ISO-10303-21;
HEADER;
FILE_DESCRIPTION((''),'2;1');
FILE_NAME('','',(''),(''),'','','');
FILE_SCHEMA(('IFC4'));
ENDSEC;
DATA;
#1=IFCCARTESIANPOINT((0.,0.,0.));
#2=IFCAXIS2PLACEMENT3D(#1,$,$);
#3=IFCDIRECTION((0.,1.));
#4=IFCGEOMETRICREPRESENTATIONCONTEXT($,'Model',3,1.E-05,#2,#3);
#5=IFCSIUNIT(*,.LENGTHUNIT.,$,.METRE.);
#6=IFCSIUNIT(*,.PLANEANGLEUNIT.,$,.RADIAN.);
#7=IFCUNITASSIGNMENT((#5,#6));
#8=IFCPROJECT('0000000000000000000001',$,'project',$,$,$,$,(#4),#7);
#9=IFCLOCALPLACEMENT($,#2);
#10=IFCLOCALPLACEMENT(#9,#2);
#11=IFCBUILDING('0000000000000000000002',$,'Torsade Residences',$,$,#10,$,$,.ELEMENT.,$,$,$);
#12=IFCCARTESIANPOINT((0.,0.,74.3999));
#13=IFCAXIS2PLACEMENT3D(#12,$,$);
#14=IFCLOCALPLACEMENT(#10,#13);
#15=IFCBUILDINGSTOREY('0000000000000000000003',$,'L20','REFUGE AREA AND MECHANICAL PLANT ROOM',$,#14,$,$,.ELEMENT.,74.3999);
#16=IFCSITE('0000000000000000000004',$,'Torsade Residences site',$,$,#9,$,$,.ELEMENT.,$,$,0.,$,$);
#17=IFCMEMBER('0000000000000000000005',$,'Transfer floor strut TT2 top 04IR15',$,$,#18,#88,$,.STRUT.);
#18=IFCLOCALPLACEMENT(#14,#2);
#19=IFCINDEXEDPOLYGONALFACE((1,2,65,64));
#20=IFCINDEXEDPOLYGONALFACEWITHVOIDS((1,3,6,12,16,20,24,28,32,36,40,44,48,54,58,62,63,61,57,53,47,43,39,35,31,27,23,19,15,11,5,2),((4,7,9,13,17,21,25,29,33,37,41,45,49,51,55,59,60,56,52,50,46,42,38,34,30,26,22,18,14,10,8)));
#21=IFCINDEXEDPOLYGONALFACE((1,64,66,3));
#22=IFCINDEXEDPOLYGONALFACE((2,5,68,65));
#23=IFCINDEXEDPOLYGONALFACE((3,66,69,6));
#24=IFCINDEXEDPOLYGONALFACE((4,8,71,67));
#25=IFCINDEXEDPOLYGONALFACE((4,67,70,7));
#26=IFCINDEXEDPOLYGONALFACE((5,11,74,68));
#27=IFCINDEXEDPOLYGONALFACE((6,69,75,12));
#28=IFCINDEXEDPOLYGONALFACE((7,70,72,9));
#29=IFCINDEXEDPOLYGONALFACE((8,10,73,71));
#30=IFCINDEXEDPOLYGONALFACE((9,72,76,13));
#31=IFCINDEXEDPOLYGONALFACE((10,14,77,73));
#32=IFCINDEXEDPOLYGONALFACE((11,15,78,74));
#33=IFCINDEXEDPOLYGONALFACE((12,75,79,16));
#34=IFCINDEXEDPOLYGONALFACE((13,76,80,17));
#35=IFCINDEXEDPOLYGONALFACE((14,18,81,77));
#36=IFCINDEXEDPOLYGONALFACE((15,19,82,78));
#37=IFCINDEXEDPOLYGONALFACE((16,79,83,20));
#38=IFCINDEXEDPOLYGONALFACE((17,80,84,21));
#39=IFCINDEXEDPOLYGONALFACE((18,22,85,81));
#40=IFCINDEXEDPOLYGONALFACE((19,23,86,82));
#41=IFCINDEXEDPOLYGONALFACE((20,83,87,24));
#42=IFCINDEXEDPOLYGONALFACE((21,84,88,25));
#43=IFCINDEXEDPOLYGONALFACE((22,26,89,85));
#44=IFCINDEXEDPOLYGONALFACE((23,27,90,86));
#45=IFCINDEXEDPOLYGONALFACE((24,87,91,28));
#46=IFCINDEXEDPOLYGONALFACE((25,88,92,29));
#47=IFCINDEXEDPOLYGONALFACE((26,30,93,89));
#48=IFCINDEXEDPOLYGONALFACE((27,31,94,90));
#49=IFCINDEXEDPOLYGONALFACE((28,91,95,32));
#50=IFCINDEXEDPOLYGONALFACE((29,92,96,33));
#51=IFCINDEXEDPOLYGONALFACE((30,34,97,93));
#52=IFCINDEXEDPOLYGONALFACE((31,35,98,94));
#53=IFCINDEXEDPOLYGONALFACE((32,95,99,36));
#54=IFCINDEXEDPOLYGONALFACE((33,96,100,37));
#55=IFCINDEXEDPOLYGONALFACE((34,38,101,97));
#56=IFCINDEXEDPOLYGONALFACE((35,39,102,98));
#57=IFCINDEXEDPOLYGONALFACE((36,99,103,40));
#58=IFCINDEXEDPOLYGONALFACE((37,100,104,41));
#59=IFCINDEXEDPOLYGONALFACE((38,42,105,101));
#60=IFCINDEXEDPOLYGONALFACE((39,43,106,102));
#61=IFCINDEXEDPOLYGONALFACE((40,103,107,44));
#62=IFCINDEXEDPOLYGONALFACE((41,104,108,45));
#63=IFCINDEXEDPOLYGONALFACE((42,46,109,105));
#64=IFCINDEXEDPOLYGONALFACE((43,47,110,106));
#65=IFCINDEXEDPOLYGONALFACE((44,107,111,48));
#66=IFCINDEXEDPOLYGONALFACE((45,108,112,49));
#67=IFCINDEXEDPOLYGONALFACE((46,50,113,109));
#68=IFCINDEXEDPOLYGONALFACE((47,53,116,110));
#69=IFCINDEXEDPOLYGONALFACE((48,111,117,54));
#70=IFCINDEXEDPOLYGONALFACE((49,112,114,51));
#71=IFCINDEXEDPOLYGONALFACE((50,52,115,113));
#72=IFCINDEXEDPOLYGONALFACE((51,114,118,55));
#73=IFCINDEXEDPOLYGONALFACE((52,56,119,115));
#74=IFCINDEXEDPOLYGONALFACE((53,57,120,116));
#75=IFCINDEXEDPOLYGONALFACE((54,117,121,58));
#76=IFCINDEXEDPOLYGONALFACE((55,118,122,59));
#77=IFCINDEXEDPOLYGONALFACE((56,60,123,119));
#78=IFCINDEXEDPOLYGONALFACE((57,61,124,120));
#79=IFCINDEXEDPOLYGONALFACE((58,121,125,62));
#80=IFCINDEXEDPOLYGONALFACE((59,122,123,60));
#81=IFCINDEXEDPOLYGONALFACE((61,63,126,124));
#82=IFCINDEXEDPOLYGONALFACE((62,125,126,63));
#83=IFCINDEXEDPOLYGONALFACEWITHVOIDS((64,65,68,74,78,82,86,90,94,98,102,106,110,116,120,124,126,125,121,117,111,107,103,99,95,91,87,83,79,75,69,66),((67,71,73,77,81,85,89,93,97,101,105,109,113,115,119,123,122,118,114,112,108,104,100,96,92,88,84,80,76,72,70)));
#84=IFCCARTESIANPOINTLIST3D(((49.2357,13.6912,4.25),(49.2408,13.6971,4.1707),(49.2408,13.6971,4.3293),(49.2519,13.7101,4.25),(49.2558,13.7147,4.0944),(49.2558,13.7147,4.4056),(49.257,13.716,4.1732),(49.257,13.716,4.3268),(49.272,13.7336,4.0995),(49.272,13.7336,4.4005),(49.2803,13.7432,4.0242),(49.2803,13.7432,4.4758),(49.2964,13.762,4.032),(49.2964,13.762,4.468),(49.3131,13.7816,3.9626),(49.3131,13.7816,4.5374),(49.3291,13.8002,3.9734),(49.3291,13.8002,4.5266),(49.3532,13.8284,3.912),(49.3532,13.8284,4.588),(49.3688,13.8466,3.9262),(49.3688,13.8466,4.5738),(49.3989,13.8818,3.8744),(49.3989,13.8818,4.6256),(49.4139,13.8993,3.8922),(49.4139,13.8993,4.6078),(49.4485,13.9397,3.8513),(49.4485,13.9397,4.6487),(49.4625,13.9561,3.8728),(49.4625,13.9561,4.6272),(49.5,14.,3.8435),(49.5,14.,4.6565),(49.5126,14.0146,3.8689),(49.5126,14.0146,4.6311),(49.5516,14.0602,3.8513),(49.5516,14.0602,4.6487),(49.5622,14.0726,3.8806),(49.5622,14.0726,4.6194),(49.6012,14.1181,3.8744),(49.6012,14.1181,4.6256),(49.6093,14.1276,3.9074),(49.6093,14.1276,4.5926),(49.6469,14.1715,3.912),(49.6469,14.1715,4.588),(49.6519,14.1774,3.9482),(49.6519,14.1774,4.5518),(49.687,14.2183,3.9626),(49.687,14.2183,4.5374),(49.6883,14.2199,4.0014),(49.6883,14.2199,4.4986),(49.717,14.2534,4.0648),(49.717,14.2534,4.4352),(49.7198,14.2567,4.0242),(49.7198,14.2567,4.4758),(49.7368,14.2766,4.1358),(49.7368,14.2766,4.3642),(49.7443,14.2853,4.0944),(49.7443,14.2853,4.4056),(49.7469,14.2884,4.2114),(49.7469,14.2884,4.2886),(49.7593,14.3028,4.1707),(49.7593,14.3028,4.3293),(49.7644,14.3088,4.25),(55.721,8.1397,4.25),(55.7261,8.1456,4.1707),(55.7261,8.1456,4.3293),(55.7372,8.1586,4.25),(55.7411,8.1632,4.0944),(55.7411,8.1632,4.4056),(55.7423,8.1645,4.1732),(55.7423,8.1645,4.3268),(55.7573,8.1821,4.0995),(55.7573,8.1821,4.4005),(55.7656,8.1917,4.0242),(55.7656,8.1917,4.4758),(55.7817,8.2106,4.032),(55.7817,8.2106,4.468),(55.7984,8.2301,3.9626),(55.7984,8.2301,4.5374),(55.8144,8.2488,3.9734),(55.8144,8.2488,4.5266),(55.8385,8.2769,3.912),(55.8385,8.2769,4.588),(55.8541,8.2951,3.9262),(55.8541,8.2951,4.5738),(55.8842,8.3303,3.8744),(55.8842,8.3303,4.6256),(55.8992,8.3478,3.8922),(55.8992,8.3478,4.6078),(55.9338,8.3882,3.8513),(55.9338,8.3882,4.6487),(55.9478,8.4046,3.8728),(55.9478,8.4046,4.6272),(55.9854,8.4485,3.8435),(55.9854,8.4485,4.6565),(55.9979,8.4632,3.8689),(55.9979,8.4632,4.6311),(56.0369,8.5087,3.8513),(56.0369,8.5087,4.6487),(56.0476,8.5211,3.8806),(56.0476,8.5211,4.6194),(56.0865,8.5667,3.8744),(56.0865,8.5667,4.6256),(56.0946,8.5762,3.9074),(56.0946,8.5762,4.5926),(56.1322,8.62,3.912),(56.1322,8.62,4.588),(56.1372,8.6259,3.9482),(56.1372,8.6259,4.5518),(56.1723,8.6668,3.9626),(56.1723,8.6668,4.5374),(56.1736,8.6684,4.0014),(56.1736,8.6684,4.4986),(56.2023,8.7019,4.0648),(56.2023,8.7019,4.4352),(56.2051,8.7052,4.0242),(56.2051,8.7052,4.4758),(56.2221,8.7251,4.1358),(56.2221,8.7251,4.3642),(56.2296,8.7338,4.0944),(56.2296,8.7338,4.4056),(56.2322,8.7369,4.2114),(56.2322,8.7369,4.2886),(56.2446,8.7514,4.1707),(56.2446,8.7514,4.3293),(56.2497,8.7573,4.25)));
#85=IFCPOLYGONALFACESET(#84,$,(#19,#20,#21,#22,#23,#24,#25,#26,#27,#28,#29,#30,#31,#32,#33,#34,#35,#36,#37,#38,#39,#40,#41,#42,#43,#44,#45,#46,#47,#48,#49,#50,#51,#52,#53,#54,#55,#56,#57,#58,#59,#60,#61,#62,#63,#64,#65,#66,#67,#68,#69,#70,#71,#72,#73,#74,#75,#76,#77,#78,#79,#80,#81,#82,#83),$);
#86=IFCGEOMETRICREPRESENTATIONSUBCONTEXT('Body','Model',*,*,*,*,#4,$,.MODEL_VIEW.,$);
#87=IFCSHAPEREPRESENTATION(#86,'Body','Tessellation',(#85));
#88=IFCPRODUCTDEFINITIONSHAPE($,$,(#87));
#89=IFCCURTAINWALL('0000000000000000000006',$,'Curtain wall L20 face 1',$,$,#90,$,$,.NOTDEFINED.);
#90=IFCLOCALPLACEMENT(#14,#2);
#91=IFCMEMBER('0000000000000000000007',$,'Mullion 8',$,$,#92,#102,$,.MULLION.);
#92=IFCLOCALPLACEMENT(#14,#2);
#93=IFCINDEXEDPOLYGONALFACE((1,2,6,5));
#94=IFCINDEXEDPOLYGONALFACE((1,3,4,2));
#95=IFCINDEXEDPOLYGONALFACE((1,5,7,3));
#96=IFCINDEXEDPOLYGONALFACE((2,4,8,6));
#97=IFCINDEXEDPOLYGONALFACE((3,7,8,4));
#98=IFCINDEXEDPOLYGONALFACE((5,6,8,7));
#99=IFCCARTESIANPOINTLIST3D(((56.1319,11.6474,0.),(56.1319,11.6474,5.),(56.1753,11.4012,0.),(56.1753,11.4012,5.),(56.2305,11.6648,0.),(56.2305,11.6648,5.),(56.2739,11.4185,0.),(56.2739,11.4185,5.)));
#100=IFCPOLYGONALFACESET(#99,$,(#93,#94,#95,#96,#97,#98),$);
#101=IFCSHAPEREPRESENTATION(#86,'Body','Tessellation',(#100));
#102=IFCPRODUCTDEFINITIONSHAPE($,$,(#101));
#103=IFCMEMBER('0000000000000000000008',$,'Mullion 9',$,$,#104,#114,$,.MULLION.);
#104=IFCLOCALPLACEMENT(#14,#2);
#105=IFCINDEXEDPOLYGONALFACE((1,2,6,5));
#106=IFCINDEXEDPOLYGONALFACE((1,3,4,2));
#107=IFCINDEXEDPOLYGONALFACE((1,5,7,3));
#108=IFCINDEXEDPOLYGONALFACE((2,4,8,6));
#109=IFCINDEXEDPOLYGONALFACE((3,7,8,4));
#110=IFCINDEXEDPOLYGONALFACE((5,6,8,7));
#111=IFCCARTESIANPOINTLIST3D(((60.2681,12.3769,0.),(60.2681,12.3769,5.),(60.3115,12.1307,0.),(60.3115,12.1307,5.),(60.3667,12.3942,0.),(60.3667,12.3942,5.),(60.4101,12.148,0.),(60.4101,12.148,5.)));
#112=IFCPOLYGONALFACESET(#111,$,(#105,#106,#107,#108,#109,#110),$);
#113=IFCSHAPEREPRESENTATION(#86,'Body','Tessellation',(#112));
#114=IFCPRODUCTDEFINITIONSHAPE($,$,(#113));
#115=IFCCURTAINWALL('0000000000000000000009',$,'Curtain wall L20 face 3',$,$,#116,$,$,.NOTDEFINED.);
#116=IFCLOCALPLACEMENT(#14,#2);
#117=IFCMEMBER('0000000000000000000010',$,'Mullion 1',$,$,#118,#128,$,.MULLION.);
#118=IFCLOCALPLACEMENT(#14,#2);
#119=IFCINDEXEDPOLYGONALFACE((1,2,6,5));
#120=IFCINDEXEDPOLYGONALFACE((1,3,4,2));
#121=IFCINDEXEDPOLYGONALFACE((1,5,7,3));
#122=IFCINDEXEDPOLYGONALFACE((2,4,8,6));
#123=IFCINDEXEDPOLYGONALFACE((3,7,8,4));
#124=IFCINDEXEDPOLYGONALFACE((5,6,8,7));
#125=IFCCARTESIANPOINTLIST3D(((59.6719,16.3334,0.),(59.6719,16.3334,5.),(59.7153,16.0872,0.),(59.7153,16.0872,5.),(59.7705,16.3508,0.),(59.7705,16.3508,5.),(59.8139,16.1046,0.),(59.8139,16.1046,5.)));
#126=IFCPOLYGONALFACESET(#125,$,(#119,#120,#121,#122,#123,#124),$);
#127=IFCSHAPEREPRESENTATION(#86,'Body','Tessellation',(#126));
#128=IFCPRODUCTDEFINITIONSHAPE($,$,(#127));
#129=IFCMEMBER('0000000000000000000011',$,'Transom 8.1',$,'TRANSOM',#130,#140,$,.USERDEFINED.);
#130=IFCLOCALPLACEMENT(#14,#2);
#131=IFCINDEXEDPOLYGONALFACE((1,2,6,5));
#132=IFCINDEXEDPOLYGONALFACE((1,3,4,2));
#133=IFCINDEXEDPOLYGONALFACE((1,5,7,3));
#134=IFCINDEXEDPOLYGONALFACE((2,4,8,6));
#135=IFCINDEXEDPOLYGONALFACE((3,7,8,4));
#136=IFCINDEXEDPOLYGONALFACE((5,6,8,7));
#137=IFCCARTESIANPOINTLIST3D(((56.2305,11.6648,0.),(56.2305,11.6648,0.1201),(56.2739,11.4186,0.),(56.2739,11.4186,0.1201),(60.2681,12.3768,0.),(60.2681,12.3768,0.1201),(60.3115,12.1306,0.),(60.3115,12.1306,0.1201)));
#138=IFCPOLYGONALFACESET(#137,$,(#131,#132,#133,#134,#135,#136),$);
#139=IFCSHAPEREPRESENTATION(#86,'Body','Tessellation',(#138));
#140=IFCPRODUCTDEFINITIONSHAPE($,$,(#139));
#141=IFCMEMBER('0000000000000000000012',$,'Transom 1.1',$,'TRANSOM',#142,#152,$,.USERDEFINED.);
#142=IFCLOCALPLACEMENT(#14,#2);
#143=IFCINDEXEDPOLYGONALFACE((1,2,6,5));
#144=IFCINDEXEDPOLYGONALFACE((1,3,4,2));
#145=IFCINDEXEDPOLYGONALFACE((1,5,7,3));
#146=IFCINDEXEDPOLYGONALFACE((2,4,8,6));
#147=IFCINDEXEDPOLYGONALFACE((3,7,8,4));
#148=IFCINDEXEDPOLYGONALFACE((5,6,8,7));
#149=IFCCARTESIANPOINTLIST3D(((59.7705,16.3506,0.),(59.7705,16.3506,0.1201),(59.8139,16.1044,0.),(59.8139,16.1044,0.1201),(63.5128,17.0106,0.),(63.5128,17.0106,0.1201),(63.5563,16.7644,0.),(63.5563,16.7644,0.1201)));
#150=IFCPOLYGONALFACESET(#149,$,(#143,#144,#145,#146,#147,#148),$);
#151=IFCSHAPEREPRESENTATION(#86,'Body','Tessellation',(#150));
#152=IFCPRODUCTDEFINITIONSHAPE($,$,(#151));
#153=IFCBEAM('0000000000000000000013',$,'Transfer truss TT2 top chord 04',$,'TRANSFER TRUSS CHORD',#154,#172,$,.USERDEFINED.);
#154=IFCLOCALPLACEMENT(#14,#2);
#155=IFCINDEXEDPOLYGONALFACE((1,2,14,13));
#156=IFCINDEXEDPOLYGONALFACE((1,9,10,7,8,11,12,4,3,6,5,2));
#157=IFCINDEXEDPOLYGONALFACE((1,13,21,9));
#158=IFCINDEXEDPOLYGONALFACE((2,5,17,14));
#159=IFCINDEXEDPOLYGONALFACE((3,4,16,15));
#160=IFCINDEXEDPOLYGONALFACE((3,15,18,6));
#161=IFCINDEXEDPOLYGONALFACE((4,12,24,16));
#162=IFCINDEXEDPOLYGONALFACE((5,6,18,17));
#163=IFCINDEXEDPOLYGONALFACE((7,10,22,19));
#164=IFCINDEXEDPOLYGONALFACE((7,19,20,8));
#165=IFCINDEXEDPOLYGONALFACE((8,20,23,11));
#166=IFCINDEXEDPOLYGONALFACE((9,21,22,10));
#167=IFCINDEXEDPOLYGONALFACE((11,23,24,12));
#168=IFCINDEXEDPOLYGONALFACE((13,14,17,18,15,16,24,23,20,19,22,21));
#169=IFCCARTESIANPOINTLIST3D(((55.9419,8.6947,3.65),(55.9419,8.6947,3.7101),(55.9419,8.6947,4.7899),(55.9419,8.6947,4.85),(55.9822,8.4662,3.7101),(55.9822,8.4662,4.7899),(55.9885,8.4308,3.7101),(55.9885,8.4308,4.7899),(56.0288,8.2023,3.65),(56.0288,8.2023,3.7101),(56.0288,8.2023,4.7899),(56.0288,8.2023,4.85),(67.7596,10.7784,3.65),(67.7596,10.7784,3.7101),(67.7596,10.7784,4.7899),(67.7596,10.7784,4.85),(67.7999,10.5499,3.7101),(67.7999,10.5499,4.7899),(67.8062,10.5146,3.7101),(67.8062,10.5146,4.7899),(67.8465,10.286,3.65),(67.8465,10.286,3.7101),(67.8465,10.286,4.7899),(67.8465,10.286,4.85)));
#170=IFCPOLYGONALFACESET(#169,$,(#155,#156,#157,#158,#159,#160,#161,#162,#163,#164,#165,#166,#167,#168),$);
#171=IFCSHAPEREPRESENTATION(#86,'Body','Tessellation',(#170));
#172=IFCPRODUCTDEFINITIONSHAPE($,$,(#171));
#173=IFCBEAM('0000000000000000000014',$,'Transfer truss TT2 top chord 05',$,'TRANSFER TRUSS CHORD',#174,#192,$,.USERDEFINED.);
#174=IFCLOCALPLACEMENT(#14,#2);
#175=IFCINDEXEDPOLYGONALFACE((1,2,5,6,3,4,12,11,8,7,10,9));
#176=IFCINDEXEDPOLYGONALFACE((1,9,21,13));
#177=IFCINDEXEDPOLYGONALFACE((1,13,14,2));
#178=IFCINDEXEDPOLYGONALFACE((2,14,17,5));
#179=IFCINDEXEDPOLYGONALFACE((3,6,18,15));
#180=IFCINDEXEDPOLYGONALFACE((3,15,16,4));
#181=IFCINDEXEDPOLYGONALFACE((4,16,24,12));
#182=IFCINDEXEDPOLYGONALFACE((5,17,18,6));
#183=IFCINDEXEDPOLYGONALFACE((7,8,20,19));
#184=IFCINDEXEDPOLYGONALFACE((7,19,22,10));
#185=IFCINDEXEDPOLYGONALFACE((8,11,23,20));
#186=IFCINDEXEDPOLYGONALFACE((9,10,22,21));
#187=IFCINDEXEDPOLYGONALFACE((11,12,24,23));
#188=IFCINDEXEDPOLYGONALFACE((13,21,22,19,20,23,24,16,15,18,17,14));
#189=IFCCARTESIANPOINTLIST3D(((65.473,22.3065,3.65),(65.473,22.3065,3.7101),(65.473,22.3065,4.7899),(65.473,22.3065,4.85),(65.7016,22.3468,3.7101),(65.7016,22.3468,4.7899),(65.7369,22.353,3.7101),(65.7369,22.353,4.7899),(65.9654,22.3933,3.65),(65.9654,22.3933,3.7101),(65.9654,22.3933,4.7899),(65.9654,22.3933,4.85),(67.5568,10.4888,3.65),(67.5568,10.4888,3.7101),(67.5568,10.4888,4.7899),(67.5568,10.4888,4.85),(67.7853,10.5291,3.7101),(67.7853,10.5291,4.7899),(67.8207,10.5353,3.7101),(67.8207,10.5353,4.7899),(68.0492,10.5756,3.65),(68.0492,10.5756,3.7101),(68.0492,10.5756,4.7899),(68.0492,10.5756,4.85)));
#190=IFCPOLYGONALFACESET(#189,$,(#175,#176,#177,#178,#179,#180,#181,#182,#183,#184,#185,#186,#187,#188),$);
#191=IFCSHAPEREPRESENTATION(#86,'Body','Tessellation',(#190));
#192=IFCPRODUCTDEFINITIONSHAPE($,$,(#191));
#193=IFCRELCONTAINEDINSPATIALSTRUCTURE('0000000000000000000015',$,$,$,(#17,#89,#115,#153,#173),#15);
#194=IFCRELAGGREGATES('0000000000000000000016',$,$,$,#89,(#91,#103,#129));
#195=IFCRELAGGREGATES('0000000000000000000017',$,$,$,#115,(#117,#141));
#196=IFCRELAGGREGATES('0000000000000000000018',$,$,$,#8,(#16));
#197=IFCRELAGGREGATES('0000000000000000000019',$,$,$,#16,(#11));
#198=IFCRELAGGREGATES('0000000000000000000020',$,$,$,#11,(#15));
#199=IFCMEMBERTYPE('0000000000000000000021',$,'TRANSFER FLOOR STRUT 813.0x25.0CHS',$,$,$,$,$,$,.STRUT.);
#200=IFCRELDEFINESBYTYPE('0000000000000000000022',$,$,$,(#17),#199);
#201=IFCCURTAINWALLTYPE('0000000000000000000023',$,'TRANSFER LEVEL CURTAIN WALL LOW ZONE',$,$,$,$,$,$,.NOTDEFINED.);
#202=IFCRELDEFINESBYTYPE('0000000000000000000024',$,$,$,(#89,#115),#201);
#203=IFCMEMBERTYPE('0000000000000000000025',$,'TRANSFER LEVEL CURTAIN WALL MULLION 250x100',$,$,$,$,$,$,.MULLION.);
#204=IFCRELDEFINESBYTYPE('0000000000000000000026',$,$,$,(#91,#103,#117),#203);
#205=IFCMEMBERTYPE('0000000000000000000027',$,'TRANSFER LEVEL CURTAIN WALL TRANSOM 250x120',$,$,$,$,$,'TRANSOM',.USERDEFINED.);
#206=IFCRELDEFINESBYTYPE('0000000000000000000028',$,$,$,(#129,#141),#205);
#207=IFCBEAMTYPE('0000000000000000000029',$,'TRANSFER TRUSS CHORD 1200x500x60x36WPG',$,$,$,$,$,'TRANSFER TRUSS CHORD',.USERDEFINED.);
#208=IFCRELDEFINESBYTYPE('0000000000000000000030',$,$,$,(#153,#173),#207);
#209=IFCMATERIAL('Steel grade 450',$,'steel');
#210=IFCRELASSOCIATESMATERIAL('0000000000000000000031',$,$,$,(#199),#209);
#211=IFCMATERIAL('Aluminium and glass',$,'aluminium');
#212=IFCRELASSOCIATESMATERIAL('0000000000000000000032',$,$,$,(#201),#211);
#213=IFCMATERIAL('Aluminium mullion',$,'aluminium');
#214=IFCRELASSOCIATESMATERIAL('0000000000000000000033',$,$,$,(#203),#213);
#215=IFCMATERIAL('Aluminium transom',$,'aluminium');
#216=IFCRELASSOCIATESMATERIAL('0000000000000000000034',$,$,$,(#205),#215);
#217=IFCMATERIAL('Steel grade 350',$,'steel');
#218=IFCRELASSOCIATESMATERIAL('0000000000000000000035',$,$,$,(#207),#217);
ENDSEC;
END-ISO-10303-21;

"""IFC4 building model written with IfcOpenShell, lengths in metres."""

from ifc_helpers import new_model, si_unit, direction, frame, origin, origin_2d, place, context, subcontext, project, spatial, rectangle, hollow_circle, i_section, extrude, material, material_profile, profile_set, type_object, element, aggregate, save


model = new_model("IFC4")

# Units and contexts
model_context = context("Model", 3, precision=1e-05, world=origin(), true_north=direction((0.0, 1.0)))
body_context = subcontext(model_context, "Body", "Model", "MODEL_VIEW")
ifc_project = project(units=[si_unit("LENGTHUNIT", "METRE"), si_unit("PLANEANGLEUNIT", "RADIAN")], contexts=[model_context])

# Site, building, storey
site_placement = place(None, origin())
site = spatial("IfcSite", under=ifc_project, at=site_placement, Name="Torsade Residences site", CompositionType="ELEMENT", RefElevation=0.0)
building_placement = place(site_placement, origin())
building = spatial("IfcBuilding", under=site, at=building_placement, Name="Torsade Residences", CompositionType="ELEMENT")
storey_placement = place(building_placement, frame((0.0, 0.0, 74.3999)))
storey = spatial("IfcBuildingStorey", under=building, at=storey_placement, Name="L20", Description="REFUGE AREA AND MECHANICAL PLANT ROOM", CompositionType="ELEMENT", Elevation=74.3999)

# Member
ifc_material_1 = material(Name="Steel grade 450", Category="steel")
ifc_material_profile_1 = material_profile(ifc_material_1, hollow_circle(Radius=0.4065, WallThickness=0.0249, at=origin_2d()), Name="813.0x25.0CHS")
ifc_profile_set_1 = profile_set([ifc_material_profile_1], Name="Steel grade 450")
member_type_1 = type_object("IfcMemberType", Name="TRANSFER FLOOR STRUT 813.0x25.0CHS", PredefinedType="STRUT", material=ifc_profile_set_1)
member_1_placement = place(storey_placement, frame((55.9854, 8.4485, 4.25), z_axis=(-0.759682, 0.650294, 0.0), x_axis=(-0.650294, -0.759682, 0.0)))
element("IfcMember", 1, at=member_1_placement, inside=storey, type_object=member_type_1, Name="Transfer floor strut TT2 top 04IR15", PredefinedType="STRUT", context=body_context, shape_type="SweptSolid", body=[
    extrude(hollow_circle(Radius=0.4065, WallThickness=0.0249, at=origin_2d()), origin(), (0.0, 0.0, 1.0), 8.5369),
])

# Curtain wall, members
ifc_material_2 = material(Name="Aluminium and glass", Category="aluminium")
curtain_wall_type = type_object("IfcCurtainWallType", Name="TRANSFER LEVEL CURTAIN WALL LOW ZONE", PredefinedType="NOTDEFINED", material=ifc_material_2)
curtain_wall_1_placement = place(storey_placement, origin())
curtain_wall_1 = element("IfcCurtainWall", 2, at=curtain_wall_1_placement, inside=storey, type_object=curtain_wall_type, Name="Curtain wall L20 face 1", PredefinedType="NOTDEFINED")
ifc_material_3 = material(Name="Aluminium mullion", Category="aluminium")
ifc_material_profile_2 = material_profile(ifc_material_3, rectangle(XDim=0.25, YDim=0.1001, at=origin_2d()), Name="TRANSFER LEVEL CURTAIN WALL MULLION 250x100")
ifc_profile_set_2 = profile_set([ifc_material_profile_2], Name="Aluminium mullion")
member_type_2 = type_object("IfcMemberType", Name="TRANSFER LEVEL CURTAIN WALL MULLION 250x100", PredefinedType="MULLION", material=ifc_profile_set_2)
member_2_placement = place(storey_placement, frame((56.2029, 11.533, 0.0), z_axis=(0.0, 0.0, 1.0), x_axis=(-0.173648, 0.984808, 0.0)))
member_2 = element("IfcMember", 3, at=member_2_placement, type_object=member_type_2, Name="Mullion 8", PredefinedType="MULLION", context=body_context, shape_type="SweptSolid", body=[
    extrude(rectangle(XDim=0.25, YDim=0.1001, at=origin_2d()), origin(), (0.0, 0.0, 1.0), 5.0),
])
member_3_placement = place(storey_placement, frame((60.3391, 12.2625, 0.0), z_axis=(0.0, 0.0, 1.0), x_axis=(-0.173648, 0.984808, 0.0)))
member_3 = element("IfcMember", 4, at=member_3_placement, type_object=member_type_2, Name="Mullion 9", PredefinedType="MULLION", context=body_context, shape_type="SweptSolid", body=[
    extrude(rectangle(XDim=0.25, YDim=0.1001, at=origin_2d()), origin(), (0.0, 0.0, 1.0), 5.0),
])

# Curtain wall, member
curtain_wall_2_placement = place(storey_placement, origin())
curtain_wall_2 = element("IfcCurtainWall", 5, at=curtain_wall_2_placement, inside=storey, type_object=curtain_wall_type, Name="Curtain wall L20 face 3", PredefinedType="NOTDEFINED")
member_4_placement = place(storey_placement, frame((59.7429, 16.219, 0.0), z_axis=(0.0, 0.0, 1.0), x_axis=(-0.173648, 0.984808, 0.0)))
member_4 = element("IfcMember", 6, at=member_4_placement, type_object=member_type_2, Name="Mullion 1", PredefinedType="MULLION", context=body_context, shape_type="SweptSolid", body=[
    extrude(rectangle(XDim=0.25, YDim=0.1001, at=origin_2d()), origin(), (0.0, 0.0, 1.0), 5.0),
])

# Members
ifc_material_4 = material(Name="Aluminium transom", Category="aluminium")
ifc_material_profile_3 = material_profile(ifc_material_4, rectangle(XDim=0.25, YDim=0.1201, at=origin_2d()), Name="TRANSFER LEVEL CURTAIN WALL TRANSOM 250x120")
ifc_profile_set_3 = profile_set([ifc_material_profile_3], Name="Aluminium transom")
member_type_3 = type_object("IfcMemberType", Name="TRANSFER LEVEL CURTAIN WALL TRANSOM 250x120", ElementType="TRANSOM", PredefinedType="USERDEFINED", material=ifc_profile_set_3)
member_5_placement = place(storey_placement, frame((56.2522, 11.5417, 0.0601), z_axis=(0.984809, 0.173643, 0.0), x_axis=(-0.173643, 0.984809, 0.0)))
member_5 = element("IfcMember", 7, at=member_5_placement, type_object=member_type_3, Name="Transom 8.1", ObjectType="TRANSOM", PredefinedType="USERDEFINED", context=body_context, shape_type="SweptSolid", body=[
    extrude(rectangle(XDim=0.25, YDim=0.1201, at=origin_2d()), origin(), (0.0, 0.0, 1.0), 4.0999),
])
member_6_placement = place(storey_placement, frame((59.7922, 16.2275, 0.0601), z_axis=(0.984805, 0.173664, 0.0), x_axis=(-0.173664, 0.984805, 0.0)))
member_6 = element("IfcMember", 8, at=member_6_placement, type_object=member_type_3, Name="Transom 1.1", ObjectType="TRANSOM", PredefinedType="USERDEFINED", context=body_context, shape_type="SweptSolid", body=[
    extrude(rectangle(XDim=0.25, YDim=0.1201, at=origin_2d()), origin(), (0.0, 0.0, 1.0), 3.8),
])

# Beams
ifc_material_5 = material(Name="Steel grade 350", Category="steel")
ifc_material_profile_4 = material_profile(ifc_material_5, i_section(OverallWidth=0.5, OverallDepth=1.2, WebThickness=0.0359, FlangeThickness=0.0601, at=origin_2d()), Name="1200x500x60x36WPG")
ifc_profile_set_4 = profile_set([ifc_material_profile_4], Name="Steel grade 350")
beam_type_1 = type_object("IfcBeamType", Name="TRANSFER TRUSS CHORD 1200x500x60x36WPG", ElementType="TRANSFER TRUSS CHORD", PredefinedType="USERDEFINED", material=ifc_profile_set_4)
for number, where, z_axis, x_axis, name in (
    (9, (55.9854, 8.4485, 4.25), (0.984808, 0.173646, 0.0), (-0.173646, 0.984808, 0.0), "Transfer truss TT2 top chord 04"),
    (10, (67.803, 10.5322, 4.25), (-0.173646, 0.984808, 0.0), (-0.984808, -0.173646, 0.0), "Transfer truss TT2 top chord 05"),
):
    element("IfcBeam", number, at=place(storey_placement, frame(where, z_axis=z_axis, x_axis=x_axis)), inside=storey, type_object=beam_type_1, Name=name, ObjectType="TRANSFER TRUSS CHORD", PredefinedType="USERDEFINED", context=body_context, shape_type="SweptSolid", body=[
        extrude(i_section(OverallWidth=0.5, OverallDepth=1.2, WebThickness=0.0359, FlangeThickness=0.0601, at=origin_2d()), origin(), (0.0, 0.0, 1.0), 12.0),
    ])

aggregate(curtain_wall_1, [member_2, member_3, member_5])
aggregate(curtain_wall_2, [member_4, member_6])

save(model, "model.ifc")
